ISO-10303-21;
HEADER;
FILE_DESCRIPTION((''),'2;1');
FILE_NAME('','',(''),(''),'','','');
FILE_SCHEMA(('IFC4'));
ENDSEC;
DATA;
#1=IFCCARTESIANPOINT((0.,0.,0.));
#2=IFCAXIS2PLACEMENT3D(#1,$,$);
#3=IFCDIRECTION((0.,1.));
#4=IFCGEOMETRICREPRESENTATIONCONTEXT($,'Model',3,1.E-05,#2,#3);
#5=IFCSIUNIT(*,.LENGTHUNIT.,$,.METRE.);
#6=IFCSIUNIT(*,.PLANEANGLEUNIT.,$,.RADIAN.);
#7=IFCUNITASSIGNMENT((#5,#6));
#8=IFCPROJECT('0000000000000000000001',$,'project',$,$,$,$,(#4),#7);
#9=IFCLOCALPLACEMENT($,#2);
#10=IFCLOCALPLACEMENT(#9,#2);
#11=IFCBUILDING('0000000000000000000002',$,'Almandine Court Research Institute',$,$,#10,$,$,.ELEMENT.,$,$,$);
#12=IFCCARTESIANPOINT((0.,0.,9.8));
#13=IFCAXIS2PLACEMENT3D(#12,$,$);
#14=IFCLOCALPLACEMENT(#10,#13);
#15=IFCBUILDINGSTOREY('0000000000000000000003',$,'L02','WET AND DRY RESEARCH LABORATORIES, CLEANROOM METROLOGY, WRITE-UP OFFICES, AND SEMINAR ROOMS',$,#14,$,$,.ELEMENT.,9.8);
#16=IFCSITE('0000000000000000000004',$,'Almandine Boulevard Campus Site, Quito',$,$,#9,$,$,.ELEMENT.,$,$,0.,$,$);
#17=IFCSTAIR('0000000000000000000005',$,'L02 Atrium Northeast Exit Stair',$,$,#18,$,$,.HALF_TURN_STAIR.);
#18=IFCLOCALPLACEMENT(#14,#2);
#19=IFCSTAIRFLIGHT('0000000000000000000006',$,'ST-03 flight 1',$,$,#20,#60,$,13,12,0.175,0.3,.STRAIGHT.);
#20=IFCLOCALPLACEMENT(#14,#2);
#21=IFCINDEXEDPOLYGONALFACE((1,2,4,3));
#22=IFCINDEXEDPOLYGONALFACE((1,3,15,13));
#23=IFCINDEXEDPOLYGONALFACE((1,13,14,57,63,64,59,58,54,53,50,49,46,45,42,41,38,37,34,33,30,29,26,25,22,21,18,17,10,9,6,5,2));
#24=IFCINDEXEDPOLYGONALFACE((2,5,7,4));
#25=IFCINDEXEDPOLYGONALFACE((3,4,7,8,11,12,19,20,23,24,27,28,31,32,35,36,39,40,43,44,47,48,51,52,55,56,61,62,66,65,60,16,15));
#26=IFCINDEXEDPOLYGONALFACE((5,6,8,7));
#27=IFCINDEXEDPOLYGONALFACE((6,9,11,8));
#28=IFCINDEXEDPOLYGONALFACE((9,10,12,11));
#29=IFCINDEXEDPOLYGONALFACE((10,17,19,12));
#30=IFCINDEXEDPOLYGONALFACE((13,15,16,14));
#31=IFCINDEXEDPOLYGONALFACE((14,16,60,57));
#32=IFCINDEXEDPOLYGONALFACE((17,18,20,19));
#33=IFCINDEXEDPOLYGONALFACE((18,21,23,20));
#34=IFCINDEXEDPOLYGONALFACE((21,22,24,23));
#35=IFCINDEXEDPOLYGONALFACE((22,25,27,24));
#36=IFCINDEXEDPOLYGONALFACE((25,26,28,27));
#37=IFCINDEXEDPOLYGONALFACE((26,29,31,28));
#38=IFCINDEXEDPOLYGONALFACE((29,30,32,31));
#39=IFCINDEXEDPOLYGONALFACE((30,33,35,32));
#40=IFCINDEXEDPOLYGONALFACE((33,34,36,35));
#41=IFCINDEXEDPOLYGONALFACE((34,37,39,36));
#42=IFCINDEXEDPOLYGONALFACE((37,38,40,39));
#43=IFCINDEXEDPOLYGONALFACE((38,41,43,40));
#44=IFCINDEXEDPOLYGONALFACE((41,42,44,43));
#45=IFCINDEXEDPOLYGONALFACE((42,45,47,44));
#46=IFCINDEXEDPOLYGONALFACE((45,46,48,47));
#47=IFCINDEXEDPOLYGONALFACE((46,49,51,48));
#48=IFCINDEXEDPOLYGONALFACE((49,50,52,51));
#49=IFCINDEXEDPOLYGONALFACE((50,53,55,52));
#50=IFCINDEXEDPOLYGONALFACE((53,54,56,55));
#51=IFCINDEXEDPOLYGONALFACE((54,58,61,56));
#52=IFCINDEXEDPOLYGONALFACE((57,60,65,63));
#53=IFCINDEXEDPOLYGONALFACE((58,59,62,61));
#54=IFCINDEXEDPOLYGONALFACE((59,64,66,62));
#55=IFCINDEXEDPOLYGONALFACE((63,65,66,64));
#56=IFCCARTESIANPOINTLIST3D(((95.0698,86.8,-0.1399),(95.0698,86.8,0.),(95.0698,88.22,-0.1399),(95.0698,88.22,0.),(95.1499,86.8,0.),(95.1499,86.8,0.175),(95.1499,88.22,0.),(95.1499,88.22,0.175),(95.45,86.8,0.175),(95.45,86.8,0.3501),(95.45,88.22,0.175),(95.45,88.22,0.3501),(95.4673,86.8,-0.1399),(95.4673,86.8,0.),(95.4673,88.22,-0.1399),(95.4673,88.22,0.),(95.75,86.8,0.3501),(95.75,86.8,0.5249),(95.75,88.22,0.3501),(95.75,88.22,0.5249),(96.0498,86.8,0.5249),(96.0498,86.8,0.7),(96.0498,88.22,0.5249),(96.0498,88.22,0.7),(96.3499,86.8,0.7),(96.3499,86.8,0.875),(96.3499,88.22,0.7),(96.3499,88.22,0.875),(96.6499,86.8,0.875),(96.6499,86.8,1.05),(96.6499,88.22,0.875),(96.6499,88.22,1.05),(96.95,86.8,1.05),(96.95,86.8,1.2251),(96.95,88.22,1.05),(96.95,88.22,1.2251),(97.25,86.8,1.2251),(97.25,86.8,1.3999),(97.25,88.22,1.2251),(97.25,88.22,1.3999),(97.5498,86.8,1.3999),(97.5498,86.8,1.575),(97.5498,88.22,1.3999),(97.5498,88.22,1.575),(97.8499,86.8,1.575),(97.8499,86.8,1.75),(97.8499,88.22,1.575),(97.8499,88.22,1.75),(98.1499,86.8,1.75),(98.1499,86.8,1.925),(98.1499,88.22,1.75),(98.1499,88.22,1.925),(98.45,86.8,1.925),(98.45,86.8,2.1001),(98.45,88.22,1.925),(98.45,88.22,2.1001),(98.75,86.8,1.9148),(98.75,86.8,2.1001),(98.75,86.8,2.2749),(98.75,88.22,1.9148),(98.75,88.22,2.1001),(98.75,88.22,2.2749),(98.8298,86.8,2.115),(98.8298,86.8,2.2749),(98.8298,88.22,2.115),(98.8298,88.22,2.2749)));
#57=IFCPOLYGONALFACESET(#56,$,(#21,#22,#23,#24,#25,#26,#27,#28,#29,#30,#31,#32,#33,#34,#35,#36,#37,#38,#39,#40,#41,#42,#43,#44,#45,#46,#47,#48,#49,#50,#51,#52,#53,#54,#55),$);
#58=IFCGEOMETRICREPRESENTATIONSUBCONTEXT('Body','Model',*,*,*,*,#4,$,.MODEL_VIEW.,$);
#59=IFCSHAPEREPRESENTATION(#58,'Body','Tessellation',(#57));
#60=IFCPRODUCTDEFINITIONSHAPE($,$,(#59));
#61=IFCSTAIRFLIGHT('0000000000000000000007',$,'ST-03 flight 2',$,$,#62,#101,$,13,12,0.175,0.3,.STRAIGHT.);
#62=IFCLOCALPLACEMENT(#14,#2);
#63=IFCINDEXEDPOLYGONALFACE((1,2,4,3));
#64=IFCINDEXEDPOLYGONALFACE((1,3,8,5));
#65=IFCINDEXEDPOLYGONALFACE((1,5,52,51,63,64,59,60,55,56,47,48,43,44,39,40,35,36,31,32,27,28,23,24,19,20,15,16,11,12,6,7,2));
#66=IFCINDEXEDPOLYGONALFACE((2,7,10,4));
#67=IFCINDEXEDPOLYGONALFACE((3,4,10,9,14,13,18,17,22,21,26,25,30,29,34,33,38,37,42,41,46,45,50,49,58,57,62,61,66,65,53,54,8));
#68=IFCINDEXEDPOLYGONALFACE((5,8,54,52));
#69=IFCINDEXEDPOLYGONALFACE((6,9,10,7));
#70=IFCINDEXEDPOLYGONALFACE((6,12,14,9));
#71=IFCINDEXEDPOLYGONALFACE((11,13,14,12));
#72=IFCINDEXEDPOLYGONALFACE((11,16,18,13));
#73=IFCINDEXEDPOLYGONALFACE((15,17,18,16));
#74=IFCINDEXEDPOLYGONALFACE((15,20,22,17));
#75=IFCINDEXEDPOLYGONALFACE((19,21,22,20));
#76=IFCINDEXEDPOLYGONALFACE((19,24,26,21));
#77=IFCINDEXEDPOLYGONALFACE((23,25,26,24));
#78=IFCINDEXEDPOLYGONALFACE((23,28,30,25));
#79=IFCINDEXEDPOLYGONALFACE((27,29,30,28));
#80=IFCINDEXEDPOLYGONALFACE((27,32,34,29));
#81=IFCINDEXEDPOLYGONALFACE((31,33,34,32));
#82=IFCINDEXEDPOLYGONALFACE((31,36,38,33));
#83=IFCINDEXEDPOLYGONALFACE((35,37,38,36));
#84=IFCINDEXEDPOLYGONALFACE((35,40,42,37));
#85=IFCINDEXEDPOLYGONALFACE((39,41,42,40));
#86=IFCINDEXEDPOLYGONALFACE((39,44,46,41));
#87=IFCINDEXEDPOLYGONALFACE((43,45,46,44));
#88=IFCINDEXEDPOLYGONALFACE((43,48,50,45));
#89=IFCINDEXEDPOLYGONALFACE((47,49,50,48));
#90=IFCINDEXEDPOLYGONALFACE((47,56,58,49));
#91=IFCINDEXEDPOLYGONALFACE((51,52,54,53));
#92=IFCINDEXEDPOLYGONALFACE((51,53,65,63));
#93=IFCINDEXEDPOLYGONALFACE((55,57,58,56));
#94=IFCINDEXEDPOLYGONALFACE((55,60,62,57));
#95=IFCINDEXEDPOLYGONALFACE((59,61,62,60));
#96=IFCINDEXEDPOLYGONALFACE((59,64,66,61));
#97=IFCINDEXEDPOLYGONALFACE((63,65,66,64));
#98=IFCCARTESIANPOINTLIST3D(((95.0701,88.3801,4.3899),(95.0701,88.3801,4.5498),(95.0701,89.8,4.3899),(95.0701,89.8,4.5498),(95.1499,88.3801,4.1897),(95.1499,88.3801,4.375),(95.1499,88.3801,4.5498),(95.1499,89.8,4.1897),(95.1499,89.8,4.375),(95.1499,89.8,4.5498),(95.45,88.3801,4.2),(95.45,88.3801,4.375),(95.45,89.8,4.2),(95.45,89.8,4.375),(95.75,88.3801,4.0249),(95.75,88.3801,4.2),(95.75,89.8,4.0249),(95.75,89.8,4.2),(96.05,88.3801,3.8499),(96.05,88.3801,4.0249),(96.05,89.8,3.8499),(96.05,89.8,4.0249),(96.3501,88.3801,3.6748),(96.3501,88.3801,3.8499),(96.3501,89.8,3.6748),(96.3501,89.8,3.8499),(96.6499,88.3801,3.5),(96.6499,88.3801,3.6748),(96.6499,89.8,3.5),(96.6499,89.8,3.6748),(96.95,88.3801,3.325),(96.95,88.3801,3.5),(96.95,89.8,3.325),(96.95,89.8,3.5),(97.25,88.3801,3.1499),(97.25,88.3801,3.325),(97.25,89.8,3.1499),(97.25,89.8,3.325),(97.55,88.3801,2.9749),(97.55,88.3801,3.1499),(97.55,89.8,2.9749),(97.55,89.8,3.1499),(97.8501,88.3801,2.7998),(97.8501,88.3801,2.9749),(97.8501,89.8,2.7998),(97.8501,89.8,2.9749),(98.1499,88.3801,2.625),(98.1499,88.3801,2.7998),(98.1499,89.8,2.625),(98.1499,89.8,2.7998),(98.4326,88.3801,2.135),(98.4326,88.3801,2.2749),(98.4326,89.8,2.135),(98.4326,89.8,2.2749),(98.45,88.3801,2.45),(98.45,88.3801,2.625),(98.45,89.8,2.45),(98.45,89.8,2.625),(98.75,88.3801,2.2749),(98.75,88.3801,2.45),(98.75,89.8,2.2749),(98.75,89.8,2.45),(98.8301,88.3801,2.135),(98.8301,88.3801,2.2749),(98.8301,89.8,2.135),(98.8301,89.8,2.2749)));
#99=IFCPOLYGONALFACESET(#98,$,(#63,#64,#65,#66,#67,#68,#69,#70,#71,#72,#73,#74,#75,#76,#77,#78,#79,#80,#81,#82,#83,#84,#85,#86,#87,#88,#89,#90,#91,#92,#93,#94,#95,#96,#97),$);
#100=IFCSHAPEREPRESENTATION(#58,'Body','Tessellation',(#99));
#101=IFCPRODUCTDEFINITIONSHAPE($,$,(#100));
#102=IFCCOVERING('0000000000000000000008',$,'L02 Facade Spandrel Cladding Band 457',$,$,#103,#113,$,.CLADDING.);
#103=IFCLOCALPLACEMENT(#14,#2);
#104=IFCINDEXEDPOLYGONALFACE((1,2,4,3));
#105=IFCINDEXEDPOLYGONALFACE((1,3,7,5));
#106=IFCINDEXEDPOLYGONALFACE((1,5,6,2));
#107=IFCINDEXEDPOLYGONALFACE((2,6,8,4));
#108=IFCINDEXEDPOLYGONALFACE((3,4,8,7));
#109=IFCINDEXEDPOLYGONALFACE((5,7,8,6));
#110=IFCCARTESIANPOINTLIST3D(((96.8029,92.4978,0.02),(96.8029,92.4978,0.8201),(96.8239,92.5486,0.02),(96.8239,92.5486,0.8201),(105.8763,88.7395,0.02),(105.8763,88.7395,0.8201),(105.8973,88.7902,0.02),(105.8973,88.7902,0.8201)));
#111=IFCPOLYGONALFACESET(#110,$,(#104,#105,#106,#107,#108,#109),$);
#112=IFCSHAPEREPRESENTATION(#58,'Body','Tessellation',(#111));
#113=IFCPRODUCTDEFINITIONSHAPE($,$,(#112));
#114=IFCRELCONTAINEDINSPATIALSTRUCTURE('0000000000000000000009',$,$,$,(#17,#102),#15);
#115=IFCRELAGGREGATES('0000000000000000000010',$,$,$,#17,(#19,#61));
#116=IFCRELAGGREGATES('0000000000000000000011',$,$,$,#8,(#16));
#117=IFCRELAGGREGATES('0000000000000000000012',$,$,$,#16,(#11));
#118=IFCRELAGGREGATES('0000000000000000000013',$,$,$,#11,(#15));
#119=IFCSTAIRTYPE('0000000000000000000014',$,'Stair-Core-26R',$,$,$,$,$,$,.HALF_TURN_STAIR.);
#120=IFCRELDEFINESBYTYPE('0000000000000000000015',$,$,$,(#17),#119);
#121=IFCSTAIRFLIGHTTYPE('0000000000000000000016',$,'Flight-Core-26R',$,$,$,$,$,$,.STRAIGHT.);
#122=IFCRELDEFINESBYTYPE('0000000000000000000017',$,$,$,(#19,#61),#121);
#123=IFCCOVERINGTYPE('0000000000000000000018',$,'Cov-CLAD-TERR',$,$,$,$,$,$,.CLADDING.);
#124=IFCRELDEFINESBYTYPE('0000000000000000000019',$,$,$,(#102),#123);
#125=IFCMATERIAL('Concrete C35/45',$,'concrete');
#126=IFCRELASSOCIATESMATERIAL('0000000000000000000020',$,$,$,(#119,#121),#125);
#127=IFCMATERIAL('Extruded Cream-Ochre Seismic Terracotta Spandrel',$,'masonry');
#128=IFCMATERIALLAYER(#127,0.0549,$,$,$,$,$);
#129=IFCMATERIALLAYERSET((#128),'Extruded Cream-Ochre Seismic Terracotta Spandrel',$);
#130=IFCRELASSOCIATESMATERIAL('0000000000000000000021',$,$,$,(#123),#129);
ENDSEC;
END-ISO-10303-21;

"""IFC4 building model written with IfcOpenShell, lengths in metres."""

from ifc_helpers import new_model, si_unit, direction, frame, origin, origin_2d, place, context, subcontext, project, spatial, polyline, rectangle, outline, extrude, material, layer, layer_set, type_object, element, aggregate, save


model = new_model("IFC4")

# Units and contexts
model_context = context("Model", 3, precision=1e-05, world=origin(), true_north=direction((0.0, 1.0)))
body_context = subcontext(model_context, "Body", "Model", "MODEL_VIEW")
ifc_project = project(units=[si_unit("LENGTHUNIT", "METRE"), si_unit("PLANEANGLEUNIT", "RADIAN")], contexts=[model_context])

# Site, building, storey
site_placement = place(None, origin())
site = spatial("IfcSite", under=ifc_project, at=site_placement, Name="Almandine Boulevard Campus Site, Quito", CompositionType="ELEMENT", RefElevation=0.0)
building_placement = place(site_placement, origin())
building = spatial("IfcBuilding", under=site, at=building_placement, Name="Almandine Court Research Institute", CompositionType="ELEMENT")
storey_placement = place(building_placement, frame((0.0, 0.0, 9.8)))
storey = spatial("IfcBuildingStorey", under=building, at=storey_placement, Name="L02", Description="WET AND DRY RESEARCH LABORATORIES, CLEANROOM METROLOGY, WRITE-UP OFFICES, AND SEMINAR ROOMS", CompositionType="ELEMENT", Elevation=9.8)

# Stair, stair flights
ifc_material_1 = material(Name="Concrete C35/45", Category="concrete")
stair_type = type_object("IfcStairType", Name="Stair-Core-26R", PredefinedType="HALF_TURN_STAIR", material=ifc_material_1)
stair_placement = place(storey_placement, origin())
stair = element("IfcStair", 1, at=stair_placement, inside=storey, type_object=stair_type, Name="L02 Atrium Northeast Exit Stair", PredefinedType="HALF_TURN_STAIR")
stair_flight_type = type_object("IfcStairFlightType", Name="Flight-Core-26R", PredefinedType="STRAIGHT", material=ifc_material_1)
stair_flight_1_placement = place(storey_placement, frame((95.1499, 87.51, 0.0), z_axis=(0.0, 0.0, 1.0), x_axis=(1.0, 0.0, 0.0)))
stair_flight_1 = element("IfcStairFlight", 2, at=stair_flight_1_placement, type_object=stair_flight_type, Name="ST-03 flight 1", NumberOfRisers=13, NumberOfTreads=12, PredefinedType="STRAIGHT", RiserHeight=0.175, TreadLength=0.3, context=body_context, shape_type="SweptSolid", body=[
    extrude(outline(polyline([(-0.0801, -0.1399), (-0.0801, 0.0), (0.0, 0.0), (0.0, 0.175), (0.3, 0.175), (0.3, 0.3501), (0.6001, 0.3501), (0.6001, 0.5249), (0.8999, 0.5249), (0.8999, 0.7), (1.2, 0.7), (1.2, 0.875), (1.5, 0.875), (1.5, 1.05), (1.8, 1.05), (1.8, 1.2251), (2.1001, 1.2251), (2.1001, 1.3999), (2.3999, 1.3999), (2.3999, 1.575), (2.7, 1.575), (2.7, 1.75), (3.0, 1.75), (3.0, 1.925), (3.3, 1.925), (3.3, 2.1001), (3.6001, 2.1001), (3.6001, 2.2749), (3.6799, 2.2749), (3.6799, 2.115), (3.6001, 1.9148), (0.3174, 0.0), (0.3174, -0.1399), (-0.0801, -0.1399)])), frame((0.0, 0.71, 0.0), z_axis=(0.0, -1.0, 0.0), x_axis=(1.0, 0.0, 0.0)), (0.0, 0.0, 1.0), 1.4199),
])
stair_flight_2_placement = place(storey_placement, frame((98.75, 89.0901, 2.2749), z_axis=(0.0, 0.0, 1.0), x_axis=(-1.0, 0.0, 0.0)))
stair_flight_2 = element("IfcStairFlight", 3, at=stair_flight_2_placement, type_object=stair_flight_type, Name="ST-03 flight 2", NumberOfRisers=13, NumberOfTreads=12, PredefinedType="STRAIGHT", RiserHeight=0.175, TreadLength=0.3, context=body_context, shape_type="SweptSolid", body=[
    extrude(outline(polyline([(-0.0801, -0.1399), (-0.0801, 0.0), (0.0, 0.0), (0.0, 0.175), (0.3, 0.175), (0.3, 0.3501), (0.6001, 0.3501), (0.6001, 0.5249), (0.8999, 0.5249), (0.8999, 0.7), (1.2, 0.7), (1.2, 0.875), (1.5, 0.875), (1.5, 1.05), (1.8, 1.05), (1.8, 1.2251), (2.1001, 1.2251), (2.1001, 1.3999), (2.3999, 1.3999), (2.3999, 1.575), (2.7, 1.575), (2.7, 1.75), (3.0, 1.75), (3.0, 1.925), (3.3, 1.925), (3.3, 2.1001), (3.6001, 2.1001), (3.6001, 2.2749), (3.6799, 2.2749), (3.6799, 2.115), (3.6001, 1.9148), (0.3174, 0.0), (0.3174, -0.1399), (-0.0801, -0.1399)])), frame((0.0, 0.71, 0.0), z_axis=(0.0, -1.0, 0.0), x_axis=(1.0, 0.0, 0.0)), (0.0, 0.0, 1.0), 1.4199),
])
aggregate(stair, [stair_flight_1, stair_flight_2])

# Covering
ifc_material_2 = material(Name="Extruded Cream-Ochre Seismic Terracotta Spandrel", Category="masonry")
ifc_layer_1 = layer(ifc_material_2, 0.0549)
ifc_layer_set_1 = layer_set([ifc_layer_1], Name="Extruded Cream-Ochre Seismic Terracotta Spandrel")
covering_type = type_object("IfcCoveringType", Name="Cov-CLAD-TERR", PredefinedType="CLADDING", material=ifc_layer_set_1)
covering_placement = place(storey_placement, frame((101.3501, 90.644, 0.02), z_axis=(0.0, 0.0, 1.0), x_axis=(0.92388, -0.382683, 0.0)))
element("IfcCovering", 4, at=covering_placement, inside=storey, type_object=covering_type, Name="L02 Facade Spandrel Cladding Band 457", PredefinedType="CLADDING", context=body_context, shape_type="SweptSolid", body=[
    extrude(rectangle(XDim=9.821, YDim=0.0549, at=origin_2d()), origin(), (0.0, 0.0, 1.0), 0.8),
])

save(model, "model.ifc")
